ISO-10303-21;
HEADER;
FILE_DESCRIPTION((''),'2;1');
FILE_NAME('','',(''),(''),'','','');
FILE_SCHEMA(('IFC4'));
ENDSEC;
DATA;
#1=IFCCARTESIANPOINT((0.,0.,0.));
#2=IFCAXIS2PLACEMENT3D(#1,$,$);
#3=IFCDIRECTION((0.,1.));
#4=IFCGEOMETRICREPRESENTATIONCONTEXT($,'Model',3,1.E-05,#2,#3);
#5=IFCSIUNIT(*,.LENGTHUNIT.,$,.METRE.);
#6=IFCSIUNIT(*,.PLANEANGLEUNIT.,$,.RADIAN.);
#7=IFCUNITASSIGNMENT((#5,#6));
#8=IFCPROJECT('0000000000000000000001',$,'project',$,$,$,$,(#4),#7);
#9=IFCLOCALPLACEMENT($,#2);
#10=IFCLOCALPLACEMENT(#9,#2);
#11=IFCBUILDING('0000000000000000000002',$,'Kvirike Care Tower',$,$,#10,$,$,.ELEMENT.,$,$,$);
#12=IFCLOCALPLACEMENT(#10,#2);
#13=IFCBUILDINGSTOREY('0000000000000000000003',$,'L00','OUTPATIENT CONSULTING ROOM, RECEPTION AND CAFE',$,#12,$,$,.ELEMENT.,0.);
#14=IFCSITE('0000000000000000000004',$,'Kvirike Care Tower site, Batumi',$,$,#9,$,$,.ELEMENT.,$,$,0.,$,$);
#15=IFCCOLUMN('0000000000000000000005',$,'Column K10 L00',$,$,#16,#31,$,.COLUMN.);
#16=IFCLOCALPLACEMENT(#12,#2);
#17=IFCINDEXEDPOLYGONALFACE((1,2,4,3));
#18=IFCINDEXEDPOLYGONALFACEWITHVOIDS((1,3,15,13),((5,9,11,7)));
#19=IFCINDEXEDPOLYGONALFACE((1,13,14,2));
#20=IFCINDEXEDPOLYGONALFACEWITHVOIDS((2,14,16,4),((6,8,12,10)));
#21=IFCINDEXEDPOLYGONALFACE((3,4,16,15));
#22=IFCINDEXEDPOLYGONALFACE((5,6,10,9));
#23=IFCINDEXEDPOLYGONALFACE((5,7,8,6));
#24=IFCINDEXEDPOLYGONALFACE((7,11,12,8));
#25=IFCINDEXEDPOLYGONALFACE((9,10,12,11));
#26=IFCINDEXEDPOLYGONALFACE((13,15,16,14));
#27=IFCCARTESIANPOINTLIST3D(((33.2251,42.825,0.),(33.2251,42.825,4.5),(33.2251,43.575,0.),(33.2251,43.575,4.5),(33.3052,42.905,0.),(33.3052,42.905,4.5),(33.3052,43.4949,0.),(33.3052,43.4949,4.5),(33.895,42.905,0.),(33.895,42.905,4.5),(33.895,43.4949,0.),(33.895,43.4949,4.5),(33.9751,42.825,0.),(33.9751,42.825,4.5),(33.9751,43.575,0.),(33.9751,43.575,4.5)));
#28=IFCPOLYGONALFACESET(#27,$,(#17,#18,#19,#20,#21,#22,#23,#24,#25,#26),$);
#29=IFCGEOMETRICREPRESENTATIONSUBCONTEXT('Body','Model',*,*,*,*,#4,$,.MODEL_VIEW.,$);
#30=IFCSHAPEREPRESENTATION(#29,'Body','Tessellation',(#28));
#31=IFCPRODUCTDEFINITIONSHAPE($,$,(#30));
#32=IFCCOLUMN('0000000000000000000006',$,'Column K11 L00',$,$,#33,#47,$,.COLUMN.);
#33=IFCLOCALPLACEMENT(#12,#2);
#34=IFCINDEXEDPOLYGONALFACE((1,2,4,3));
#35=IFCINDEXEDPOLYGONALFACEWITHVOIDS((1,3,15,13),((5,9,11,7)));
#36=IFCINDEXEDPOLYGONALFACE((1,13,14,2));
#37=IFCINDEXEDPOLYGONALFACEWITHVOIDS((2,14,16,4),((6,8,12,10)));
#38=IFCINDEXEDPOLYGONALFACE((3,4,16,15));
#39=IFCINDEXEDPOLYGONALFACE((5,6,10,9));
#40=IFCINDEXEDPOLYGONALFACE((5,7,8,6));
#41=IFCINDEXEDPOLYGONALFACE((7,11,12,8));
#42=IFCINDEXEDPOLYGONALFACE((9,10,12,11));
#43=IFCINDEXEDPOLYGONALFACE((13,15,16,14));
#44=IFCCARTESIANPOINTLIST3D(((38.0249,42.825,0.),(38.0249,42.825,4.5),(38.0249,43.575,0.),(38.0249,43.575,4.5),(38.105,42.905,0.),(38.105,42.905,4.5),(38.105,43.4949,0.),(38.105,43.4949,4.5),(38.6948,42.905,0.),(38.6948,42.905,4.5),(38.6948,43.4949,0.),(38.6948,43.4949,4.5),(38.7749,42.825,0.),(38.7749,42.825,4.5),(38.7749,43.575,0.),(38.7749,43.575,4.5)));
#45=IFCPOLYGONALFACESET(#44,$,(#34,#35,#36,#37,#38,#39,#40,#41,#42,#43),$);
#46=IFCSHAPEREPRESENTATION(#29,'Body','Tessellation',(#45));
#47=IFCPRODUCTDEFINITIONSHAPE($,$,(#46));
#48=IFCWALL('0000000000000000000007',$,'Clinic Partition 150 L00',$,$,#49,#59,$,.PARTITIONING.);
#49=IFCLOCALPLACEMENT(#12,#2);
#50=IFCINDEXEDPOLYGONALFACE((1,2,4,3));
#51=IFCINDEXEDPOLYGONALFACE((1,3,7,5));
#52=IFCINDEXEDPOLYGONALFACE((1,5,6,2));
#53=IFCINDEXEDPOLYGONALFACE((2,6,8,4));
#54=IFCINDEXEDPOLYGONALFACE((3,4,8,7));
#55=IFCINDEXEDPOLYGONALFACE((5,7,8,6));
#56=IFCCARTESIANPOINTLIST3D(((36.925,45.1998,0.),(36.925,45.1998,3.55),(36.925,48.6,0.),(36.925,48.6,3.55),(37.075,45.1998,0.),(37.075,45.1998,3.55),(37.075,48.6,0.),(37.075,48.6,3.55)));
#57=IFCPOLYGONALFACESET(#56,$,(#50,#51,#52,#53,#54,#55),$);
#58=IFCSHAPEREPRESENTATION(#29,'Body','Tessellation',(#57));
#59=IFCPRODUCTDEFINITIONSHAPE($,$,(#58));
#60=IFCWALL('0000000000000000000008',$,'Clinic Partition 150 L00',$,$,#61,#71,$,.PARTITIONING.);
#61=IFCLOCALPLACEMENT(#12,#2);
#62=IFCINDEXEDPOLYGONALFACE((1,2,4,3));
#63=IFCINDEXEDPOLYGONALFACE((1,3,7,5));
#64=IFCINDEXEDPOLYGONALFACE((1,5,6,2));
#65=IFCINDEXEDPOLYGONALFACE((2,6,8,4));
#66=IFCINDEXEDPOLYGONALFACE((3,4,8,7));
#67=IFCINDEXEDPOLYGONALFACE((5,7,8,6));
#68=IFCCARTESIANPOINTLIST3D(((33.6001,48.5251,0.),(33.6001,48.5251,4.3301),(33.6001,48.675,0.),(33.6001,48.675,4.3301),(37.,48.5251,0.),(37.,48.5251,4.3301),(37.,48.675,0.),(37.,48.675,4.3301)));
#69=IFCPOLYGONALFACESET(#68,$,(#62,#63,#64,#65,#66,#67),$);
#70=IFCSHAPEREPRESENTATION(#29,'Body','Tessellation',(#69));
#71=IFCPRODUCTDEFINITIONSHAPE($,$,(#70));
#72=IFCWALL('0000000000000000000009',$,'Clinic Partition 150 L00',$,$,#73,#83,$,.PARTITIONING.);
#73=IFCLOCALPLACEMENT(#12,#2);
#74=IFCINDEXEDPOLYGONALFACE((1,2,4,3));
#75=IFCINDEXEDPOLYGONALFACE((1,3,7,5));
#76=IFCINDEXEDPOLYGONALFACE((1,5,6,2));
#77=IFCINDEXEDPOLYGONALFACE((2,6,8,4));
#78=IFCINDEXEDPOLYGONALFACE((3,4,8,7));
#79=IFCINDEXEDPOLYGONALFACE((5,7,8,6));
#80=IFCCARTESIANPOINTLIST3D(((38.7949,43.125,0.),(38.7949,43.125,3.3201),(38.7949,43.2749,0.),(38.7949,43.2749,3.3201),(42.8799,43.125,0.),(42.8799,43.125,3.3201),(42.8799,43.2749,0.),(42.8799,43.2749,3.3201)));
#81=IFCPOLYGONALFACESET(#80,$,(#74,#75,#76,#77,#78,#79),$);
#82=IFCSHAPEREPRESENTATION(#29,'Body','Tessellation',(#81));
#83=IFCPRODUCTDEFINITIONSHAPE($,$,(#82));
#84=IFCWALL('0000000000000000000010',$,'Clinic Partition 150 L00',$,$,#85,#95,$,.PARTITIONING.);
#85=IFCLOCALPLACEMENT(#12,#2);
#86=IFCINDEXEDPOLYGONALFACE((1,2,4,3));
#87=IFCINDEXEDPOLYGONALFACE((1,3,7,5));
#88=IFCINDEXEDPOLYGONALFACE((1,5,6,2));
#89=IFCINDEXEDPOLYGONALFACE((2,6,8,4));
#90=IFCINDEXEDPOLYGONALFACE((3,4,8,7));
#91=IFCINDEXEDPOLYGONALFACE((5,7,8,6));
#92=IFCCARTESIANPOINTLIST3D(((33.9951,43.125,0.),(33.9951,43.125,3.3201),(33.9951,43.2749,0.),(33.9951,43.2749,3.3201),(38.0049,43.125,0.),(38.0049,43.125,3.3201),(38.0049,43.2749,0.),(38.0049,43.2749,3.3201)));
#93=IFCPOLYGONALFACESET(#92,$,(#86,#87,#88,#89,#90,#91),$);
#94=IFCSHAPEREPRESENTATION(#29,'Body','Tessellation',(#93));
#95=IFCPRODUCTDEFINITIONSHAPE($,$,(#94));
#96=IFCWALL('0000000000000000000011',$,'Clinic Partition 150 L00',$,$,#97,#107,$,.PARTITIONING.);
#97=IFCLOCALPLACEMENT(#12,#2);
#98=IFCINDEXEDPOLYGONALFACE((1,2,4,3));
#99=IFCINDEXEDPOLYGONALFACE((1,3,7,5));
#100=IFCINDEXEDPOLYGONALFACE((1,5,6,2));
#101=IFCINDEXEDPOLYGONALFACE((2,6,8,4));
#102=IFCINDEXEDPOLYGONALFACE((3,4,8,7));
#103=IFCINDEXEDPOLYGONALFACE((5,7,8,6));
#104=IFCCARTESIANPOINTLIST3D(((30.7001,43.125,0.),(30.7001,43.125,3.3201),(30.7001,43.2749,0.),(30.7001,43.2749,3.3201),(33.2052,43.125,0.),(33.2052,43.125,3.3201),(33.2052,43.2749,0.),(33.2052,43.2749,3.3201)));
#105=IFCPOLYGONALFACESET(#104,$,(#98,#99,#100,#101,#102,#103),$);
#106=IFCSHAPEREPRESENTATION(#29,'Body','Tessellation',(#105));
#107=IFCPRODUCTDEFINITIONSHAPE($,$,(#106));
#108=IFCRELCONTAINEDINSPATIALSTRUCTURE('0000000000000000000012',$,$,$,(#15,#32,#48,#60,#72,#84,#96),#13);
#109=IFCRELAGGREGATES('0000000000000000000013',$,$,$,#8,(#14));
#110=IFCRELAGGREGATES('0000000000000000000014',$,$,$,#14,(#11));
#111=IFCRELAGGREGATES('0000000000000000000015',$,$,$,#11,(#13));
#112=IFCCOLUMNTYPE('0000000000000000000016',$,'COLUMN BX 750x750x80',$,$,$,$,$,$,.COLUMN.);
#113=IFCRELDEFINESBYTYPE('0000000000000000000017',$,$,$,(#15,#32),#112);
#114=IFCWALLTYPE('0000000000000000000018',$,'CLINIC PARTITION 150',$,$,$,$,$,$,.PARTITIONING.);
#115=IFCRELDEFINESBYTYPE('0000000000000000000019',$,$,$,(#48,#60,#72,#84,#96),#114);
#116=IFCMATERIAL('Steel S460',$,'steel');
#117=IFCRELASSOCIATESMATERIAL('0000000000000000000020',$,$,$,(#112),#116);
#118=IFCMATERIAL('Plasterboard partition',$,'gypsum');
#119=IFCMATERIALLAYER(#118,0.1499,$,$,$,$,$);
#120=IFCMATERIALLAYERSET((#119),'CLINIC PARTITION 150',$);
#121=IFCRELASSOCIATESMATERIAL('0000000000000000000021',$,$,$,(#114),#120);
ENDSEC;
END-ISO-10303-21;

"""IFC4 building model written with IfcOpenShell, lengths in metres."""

from ifc_helpers import new_model, si_unit, direction, frame, frame_2d, origin, origin_2d, place, context, subcontext, project, spatial, rectangle, hollow_rectangle, extrude, material, layer, layer_set, material_profile, profile_set, type_object, element, save


model = new_model("IFC4")

# Units and contexts
model_context = context("Model", 3, precision=1e-05, world=origin(), true_north=direction((0.0, 1.0)))
body_context = subcontext(model_context, "Body", "Model", "MODEL_VIEW")
ifc_project = project(units=[si_unit("LENGTHUNIT", "METRE"), si_unit("PLANEANGLEUNIT", "RADIAN")], contexts=[model_context])

# Site, building, storey
site_placement = place(None, origin())
site = spatial("IfcSite", under=ifc_project, at=site_placement, Name="Kvirike Care Tower site, Batumi", CompositionType="ELEMENT", RefElevation=0.0)
building_placement = place(site_placement, origin())
building = spatial("IfcBuilding", under=site, at=building_placement, Name="Kvirike Care Tower", CompositionType="ELEMENT")
storey_placement = place(building_placement, origin())
storey = spatial("IfcBuildingStorey", under=building, at=storey_placement, Name="L00", Description="OUTPATIENT CONSULTING ROOM, RECEPTION AND CAFE", CompositionType="ELEMENT", Elevation=0.0)

# Columns
ifc_material_1 = material(Name="Steel S460", Category="steel")
ifc_material_profile_1 = material_profile(ifc_material_1, hollow_rectangle(XDim=0.75, YDim=0.75, WallThickness=0.0801, at=origin_2d()), Name="BX 750x750x80")
ifc_profile_set_1 = profile_set([ifc_material_profile_1], Name="Steel S460")
column_type_1 = type_object("IfcColumnType", Name="COLUMN BX 750x750x80", PredefinedType="COLUMN", material=ifc_profile_set_1)
for number, where, z_axis, x_axis, name in (
    (1, (33.6001, 43.2, 0.0), (0.0, 0.0, 1.0), (0.0, 1.0, 0.0), "Column K10 L00"),
    (2, (38.3999, 43.2, 0.0), (0.0, 0.0, 1.0), (0.0, 1.0, 0.0), "Column K11 L00"),
):
    element("IfcColumn", number, at=place(storey_placement, frame(where, z_axis=z_axis, x_axis=x_axis)), inside=storey, type_object=column_type_1, Name=name, PredefinedType="COLUMN", context=body_context, shape_type="SweptSolid", body=[
        extrude(hollow_rectangle(XDim=0.75, YDim=0.75, WallThickness=0.0801, at=origin_2d()), origin(), (0.0, 0.0, 1.0), 4.5),
    ])

# Walls
ifc_material_2 = material(Name="Plasterboard partition", Category="gypsum")
ifc_layer_1 = layer(ifc_material_2, 0.1499)
ifc_layer_set_1 = layer_set([ifc_layer_1], Name="CLINIC PARTITION 150")
wall_type_1 = type_object("IfcWallType", Name="CLINIC PARTITION 150", PredefinedType="PARTITIONING", material=ifc_layer_set_1)
wall_1_placement = place(storey_placement, frame((37.0, 48.6001, 0.0), z_axis=(0.0, 0.0, 1.0), x_axis=(0.0, -1.0, 0.0)))
element("IfcWall", 3, at=wall_1_placement, inside=storey, type_object=wall_type_1, Name="Clinic Partition 150 L00", PredefinedType="PARTITIONING", context=body_context, shape_type="SweptSolid", body=[
    extrude(rectangle(XDim=3.4001, YDim=0.1499, at=frame_2d((1.7002, 0.0))), origin(), (0.0, 0.0, 1.0), 3.55),
])
wall_2_placement = place(storey_placement, frame((37.0, 48.6001, 0.0), z_axis=(0.0, 0.0, 1.0), x_axis=(-1.0, 0.0, 0.0)))
element("IfcWall", 4, at=wall_2_placement, inside=storey, type_object=wall_type_1, Name="Clinic Partition 150 L00", PredefinedType="PARTITIONING", context=body_context, shape_type="SweptSolid", body=[
    extrude(rectangle(XDim=3.3999, YDim=0.1499, at=frame_2d((1.7, 0.0))), origin(), (0.0, 0.0, 1.0), 4.3301),
])
wall_3_placement = place(storey_placement, frame((42.8799, 43.2, 0.0), z_axis=(0.0, 0.0, 1.0), x_axis=(-1.0, 0.0, 0.0)))
element("IfcWall", 5, at=wall_3_placement, inside=storey, type_object=wall_type_1, Name="Clinic Partition 150 L00", PredefinedType="PARTITIONING", context=body_context, shape_type="SweptSolid", body=[
    extrude(rectangle(XDim=4.085, YDim=0.1499, at=frame_2d((2.0425, 0.0))), origin(), (0.0, 0.0, 1.0), 3.3201),
])
wall_4_placement = place(storey_placement, frame((38.0049, 43.2, 0.0), z_axis=(0.0, 0.0, 1.0), x_axis=(-1.0, 0.0, 0.0)))
element("IfcWall", 6, at=wall_4_placement, inside=storey, type_object=wall_type_1, Name="Clinic Partition 150 L00", PredefinedType="PARTITIONING", context=body_context, shape_type="SweptSolid", body=[
    extrude(rectangle(XDim=4.0098, YDim=0.1499, at=frame_2d((2.0049, 0.0))), origin(), (0.0, 0.0, 1.0), 3.3201),
])
wall_5_placement = place(storey_placement, frame((33.2051, 43.2, 0.0), z_axis=(0.0, 0.0, 1.0), x_axis=(-1.0, 0.0, 0.0)))
element("IfcWall", 7, at=wall_5_placement, inside=storey, type_object=wall_type_1, Name="Clinic Partition 150 L00", PredefinedType="PARTITIONING", context=body_context, shape_type="SweptSolid", body=[
    extrude(rectangle(XDim=2.5051, YDim=0.1499, at=frame_2d((1.2524, 0.0))), origin(), (0.0, 0.0, 1.0), 3.3201),
])

save(model, "model.ifc")
